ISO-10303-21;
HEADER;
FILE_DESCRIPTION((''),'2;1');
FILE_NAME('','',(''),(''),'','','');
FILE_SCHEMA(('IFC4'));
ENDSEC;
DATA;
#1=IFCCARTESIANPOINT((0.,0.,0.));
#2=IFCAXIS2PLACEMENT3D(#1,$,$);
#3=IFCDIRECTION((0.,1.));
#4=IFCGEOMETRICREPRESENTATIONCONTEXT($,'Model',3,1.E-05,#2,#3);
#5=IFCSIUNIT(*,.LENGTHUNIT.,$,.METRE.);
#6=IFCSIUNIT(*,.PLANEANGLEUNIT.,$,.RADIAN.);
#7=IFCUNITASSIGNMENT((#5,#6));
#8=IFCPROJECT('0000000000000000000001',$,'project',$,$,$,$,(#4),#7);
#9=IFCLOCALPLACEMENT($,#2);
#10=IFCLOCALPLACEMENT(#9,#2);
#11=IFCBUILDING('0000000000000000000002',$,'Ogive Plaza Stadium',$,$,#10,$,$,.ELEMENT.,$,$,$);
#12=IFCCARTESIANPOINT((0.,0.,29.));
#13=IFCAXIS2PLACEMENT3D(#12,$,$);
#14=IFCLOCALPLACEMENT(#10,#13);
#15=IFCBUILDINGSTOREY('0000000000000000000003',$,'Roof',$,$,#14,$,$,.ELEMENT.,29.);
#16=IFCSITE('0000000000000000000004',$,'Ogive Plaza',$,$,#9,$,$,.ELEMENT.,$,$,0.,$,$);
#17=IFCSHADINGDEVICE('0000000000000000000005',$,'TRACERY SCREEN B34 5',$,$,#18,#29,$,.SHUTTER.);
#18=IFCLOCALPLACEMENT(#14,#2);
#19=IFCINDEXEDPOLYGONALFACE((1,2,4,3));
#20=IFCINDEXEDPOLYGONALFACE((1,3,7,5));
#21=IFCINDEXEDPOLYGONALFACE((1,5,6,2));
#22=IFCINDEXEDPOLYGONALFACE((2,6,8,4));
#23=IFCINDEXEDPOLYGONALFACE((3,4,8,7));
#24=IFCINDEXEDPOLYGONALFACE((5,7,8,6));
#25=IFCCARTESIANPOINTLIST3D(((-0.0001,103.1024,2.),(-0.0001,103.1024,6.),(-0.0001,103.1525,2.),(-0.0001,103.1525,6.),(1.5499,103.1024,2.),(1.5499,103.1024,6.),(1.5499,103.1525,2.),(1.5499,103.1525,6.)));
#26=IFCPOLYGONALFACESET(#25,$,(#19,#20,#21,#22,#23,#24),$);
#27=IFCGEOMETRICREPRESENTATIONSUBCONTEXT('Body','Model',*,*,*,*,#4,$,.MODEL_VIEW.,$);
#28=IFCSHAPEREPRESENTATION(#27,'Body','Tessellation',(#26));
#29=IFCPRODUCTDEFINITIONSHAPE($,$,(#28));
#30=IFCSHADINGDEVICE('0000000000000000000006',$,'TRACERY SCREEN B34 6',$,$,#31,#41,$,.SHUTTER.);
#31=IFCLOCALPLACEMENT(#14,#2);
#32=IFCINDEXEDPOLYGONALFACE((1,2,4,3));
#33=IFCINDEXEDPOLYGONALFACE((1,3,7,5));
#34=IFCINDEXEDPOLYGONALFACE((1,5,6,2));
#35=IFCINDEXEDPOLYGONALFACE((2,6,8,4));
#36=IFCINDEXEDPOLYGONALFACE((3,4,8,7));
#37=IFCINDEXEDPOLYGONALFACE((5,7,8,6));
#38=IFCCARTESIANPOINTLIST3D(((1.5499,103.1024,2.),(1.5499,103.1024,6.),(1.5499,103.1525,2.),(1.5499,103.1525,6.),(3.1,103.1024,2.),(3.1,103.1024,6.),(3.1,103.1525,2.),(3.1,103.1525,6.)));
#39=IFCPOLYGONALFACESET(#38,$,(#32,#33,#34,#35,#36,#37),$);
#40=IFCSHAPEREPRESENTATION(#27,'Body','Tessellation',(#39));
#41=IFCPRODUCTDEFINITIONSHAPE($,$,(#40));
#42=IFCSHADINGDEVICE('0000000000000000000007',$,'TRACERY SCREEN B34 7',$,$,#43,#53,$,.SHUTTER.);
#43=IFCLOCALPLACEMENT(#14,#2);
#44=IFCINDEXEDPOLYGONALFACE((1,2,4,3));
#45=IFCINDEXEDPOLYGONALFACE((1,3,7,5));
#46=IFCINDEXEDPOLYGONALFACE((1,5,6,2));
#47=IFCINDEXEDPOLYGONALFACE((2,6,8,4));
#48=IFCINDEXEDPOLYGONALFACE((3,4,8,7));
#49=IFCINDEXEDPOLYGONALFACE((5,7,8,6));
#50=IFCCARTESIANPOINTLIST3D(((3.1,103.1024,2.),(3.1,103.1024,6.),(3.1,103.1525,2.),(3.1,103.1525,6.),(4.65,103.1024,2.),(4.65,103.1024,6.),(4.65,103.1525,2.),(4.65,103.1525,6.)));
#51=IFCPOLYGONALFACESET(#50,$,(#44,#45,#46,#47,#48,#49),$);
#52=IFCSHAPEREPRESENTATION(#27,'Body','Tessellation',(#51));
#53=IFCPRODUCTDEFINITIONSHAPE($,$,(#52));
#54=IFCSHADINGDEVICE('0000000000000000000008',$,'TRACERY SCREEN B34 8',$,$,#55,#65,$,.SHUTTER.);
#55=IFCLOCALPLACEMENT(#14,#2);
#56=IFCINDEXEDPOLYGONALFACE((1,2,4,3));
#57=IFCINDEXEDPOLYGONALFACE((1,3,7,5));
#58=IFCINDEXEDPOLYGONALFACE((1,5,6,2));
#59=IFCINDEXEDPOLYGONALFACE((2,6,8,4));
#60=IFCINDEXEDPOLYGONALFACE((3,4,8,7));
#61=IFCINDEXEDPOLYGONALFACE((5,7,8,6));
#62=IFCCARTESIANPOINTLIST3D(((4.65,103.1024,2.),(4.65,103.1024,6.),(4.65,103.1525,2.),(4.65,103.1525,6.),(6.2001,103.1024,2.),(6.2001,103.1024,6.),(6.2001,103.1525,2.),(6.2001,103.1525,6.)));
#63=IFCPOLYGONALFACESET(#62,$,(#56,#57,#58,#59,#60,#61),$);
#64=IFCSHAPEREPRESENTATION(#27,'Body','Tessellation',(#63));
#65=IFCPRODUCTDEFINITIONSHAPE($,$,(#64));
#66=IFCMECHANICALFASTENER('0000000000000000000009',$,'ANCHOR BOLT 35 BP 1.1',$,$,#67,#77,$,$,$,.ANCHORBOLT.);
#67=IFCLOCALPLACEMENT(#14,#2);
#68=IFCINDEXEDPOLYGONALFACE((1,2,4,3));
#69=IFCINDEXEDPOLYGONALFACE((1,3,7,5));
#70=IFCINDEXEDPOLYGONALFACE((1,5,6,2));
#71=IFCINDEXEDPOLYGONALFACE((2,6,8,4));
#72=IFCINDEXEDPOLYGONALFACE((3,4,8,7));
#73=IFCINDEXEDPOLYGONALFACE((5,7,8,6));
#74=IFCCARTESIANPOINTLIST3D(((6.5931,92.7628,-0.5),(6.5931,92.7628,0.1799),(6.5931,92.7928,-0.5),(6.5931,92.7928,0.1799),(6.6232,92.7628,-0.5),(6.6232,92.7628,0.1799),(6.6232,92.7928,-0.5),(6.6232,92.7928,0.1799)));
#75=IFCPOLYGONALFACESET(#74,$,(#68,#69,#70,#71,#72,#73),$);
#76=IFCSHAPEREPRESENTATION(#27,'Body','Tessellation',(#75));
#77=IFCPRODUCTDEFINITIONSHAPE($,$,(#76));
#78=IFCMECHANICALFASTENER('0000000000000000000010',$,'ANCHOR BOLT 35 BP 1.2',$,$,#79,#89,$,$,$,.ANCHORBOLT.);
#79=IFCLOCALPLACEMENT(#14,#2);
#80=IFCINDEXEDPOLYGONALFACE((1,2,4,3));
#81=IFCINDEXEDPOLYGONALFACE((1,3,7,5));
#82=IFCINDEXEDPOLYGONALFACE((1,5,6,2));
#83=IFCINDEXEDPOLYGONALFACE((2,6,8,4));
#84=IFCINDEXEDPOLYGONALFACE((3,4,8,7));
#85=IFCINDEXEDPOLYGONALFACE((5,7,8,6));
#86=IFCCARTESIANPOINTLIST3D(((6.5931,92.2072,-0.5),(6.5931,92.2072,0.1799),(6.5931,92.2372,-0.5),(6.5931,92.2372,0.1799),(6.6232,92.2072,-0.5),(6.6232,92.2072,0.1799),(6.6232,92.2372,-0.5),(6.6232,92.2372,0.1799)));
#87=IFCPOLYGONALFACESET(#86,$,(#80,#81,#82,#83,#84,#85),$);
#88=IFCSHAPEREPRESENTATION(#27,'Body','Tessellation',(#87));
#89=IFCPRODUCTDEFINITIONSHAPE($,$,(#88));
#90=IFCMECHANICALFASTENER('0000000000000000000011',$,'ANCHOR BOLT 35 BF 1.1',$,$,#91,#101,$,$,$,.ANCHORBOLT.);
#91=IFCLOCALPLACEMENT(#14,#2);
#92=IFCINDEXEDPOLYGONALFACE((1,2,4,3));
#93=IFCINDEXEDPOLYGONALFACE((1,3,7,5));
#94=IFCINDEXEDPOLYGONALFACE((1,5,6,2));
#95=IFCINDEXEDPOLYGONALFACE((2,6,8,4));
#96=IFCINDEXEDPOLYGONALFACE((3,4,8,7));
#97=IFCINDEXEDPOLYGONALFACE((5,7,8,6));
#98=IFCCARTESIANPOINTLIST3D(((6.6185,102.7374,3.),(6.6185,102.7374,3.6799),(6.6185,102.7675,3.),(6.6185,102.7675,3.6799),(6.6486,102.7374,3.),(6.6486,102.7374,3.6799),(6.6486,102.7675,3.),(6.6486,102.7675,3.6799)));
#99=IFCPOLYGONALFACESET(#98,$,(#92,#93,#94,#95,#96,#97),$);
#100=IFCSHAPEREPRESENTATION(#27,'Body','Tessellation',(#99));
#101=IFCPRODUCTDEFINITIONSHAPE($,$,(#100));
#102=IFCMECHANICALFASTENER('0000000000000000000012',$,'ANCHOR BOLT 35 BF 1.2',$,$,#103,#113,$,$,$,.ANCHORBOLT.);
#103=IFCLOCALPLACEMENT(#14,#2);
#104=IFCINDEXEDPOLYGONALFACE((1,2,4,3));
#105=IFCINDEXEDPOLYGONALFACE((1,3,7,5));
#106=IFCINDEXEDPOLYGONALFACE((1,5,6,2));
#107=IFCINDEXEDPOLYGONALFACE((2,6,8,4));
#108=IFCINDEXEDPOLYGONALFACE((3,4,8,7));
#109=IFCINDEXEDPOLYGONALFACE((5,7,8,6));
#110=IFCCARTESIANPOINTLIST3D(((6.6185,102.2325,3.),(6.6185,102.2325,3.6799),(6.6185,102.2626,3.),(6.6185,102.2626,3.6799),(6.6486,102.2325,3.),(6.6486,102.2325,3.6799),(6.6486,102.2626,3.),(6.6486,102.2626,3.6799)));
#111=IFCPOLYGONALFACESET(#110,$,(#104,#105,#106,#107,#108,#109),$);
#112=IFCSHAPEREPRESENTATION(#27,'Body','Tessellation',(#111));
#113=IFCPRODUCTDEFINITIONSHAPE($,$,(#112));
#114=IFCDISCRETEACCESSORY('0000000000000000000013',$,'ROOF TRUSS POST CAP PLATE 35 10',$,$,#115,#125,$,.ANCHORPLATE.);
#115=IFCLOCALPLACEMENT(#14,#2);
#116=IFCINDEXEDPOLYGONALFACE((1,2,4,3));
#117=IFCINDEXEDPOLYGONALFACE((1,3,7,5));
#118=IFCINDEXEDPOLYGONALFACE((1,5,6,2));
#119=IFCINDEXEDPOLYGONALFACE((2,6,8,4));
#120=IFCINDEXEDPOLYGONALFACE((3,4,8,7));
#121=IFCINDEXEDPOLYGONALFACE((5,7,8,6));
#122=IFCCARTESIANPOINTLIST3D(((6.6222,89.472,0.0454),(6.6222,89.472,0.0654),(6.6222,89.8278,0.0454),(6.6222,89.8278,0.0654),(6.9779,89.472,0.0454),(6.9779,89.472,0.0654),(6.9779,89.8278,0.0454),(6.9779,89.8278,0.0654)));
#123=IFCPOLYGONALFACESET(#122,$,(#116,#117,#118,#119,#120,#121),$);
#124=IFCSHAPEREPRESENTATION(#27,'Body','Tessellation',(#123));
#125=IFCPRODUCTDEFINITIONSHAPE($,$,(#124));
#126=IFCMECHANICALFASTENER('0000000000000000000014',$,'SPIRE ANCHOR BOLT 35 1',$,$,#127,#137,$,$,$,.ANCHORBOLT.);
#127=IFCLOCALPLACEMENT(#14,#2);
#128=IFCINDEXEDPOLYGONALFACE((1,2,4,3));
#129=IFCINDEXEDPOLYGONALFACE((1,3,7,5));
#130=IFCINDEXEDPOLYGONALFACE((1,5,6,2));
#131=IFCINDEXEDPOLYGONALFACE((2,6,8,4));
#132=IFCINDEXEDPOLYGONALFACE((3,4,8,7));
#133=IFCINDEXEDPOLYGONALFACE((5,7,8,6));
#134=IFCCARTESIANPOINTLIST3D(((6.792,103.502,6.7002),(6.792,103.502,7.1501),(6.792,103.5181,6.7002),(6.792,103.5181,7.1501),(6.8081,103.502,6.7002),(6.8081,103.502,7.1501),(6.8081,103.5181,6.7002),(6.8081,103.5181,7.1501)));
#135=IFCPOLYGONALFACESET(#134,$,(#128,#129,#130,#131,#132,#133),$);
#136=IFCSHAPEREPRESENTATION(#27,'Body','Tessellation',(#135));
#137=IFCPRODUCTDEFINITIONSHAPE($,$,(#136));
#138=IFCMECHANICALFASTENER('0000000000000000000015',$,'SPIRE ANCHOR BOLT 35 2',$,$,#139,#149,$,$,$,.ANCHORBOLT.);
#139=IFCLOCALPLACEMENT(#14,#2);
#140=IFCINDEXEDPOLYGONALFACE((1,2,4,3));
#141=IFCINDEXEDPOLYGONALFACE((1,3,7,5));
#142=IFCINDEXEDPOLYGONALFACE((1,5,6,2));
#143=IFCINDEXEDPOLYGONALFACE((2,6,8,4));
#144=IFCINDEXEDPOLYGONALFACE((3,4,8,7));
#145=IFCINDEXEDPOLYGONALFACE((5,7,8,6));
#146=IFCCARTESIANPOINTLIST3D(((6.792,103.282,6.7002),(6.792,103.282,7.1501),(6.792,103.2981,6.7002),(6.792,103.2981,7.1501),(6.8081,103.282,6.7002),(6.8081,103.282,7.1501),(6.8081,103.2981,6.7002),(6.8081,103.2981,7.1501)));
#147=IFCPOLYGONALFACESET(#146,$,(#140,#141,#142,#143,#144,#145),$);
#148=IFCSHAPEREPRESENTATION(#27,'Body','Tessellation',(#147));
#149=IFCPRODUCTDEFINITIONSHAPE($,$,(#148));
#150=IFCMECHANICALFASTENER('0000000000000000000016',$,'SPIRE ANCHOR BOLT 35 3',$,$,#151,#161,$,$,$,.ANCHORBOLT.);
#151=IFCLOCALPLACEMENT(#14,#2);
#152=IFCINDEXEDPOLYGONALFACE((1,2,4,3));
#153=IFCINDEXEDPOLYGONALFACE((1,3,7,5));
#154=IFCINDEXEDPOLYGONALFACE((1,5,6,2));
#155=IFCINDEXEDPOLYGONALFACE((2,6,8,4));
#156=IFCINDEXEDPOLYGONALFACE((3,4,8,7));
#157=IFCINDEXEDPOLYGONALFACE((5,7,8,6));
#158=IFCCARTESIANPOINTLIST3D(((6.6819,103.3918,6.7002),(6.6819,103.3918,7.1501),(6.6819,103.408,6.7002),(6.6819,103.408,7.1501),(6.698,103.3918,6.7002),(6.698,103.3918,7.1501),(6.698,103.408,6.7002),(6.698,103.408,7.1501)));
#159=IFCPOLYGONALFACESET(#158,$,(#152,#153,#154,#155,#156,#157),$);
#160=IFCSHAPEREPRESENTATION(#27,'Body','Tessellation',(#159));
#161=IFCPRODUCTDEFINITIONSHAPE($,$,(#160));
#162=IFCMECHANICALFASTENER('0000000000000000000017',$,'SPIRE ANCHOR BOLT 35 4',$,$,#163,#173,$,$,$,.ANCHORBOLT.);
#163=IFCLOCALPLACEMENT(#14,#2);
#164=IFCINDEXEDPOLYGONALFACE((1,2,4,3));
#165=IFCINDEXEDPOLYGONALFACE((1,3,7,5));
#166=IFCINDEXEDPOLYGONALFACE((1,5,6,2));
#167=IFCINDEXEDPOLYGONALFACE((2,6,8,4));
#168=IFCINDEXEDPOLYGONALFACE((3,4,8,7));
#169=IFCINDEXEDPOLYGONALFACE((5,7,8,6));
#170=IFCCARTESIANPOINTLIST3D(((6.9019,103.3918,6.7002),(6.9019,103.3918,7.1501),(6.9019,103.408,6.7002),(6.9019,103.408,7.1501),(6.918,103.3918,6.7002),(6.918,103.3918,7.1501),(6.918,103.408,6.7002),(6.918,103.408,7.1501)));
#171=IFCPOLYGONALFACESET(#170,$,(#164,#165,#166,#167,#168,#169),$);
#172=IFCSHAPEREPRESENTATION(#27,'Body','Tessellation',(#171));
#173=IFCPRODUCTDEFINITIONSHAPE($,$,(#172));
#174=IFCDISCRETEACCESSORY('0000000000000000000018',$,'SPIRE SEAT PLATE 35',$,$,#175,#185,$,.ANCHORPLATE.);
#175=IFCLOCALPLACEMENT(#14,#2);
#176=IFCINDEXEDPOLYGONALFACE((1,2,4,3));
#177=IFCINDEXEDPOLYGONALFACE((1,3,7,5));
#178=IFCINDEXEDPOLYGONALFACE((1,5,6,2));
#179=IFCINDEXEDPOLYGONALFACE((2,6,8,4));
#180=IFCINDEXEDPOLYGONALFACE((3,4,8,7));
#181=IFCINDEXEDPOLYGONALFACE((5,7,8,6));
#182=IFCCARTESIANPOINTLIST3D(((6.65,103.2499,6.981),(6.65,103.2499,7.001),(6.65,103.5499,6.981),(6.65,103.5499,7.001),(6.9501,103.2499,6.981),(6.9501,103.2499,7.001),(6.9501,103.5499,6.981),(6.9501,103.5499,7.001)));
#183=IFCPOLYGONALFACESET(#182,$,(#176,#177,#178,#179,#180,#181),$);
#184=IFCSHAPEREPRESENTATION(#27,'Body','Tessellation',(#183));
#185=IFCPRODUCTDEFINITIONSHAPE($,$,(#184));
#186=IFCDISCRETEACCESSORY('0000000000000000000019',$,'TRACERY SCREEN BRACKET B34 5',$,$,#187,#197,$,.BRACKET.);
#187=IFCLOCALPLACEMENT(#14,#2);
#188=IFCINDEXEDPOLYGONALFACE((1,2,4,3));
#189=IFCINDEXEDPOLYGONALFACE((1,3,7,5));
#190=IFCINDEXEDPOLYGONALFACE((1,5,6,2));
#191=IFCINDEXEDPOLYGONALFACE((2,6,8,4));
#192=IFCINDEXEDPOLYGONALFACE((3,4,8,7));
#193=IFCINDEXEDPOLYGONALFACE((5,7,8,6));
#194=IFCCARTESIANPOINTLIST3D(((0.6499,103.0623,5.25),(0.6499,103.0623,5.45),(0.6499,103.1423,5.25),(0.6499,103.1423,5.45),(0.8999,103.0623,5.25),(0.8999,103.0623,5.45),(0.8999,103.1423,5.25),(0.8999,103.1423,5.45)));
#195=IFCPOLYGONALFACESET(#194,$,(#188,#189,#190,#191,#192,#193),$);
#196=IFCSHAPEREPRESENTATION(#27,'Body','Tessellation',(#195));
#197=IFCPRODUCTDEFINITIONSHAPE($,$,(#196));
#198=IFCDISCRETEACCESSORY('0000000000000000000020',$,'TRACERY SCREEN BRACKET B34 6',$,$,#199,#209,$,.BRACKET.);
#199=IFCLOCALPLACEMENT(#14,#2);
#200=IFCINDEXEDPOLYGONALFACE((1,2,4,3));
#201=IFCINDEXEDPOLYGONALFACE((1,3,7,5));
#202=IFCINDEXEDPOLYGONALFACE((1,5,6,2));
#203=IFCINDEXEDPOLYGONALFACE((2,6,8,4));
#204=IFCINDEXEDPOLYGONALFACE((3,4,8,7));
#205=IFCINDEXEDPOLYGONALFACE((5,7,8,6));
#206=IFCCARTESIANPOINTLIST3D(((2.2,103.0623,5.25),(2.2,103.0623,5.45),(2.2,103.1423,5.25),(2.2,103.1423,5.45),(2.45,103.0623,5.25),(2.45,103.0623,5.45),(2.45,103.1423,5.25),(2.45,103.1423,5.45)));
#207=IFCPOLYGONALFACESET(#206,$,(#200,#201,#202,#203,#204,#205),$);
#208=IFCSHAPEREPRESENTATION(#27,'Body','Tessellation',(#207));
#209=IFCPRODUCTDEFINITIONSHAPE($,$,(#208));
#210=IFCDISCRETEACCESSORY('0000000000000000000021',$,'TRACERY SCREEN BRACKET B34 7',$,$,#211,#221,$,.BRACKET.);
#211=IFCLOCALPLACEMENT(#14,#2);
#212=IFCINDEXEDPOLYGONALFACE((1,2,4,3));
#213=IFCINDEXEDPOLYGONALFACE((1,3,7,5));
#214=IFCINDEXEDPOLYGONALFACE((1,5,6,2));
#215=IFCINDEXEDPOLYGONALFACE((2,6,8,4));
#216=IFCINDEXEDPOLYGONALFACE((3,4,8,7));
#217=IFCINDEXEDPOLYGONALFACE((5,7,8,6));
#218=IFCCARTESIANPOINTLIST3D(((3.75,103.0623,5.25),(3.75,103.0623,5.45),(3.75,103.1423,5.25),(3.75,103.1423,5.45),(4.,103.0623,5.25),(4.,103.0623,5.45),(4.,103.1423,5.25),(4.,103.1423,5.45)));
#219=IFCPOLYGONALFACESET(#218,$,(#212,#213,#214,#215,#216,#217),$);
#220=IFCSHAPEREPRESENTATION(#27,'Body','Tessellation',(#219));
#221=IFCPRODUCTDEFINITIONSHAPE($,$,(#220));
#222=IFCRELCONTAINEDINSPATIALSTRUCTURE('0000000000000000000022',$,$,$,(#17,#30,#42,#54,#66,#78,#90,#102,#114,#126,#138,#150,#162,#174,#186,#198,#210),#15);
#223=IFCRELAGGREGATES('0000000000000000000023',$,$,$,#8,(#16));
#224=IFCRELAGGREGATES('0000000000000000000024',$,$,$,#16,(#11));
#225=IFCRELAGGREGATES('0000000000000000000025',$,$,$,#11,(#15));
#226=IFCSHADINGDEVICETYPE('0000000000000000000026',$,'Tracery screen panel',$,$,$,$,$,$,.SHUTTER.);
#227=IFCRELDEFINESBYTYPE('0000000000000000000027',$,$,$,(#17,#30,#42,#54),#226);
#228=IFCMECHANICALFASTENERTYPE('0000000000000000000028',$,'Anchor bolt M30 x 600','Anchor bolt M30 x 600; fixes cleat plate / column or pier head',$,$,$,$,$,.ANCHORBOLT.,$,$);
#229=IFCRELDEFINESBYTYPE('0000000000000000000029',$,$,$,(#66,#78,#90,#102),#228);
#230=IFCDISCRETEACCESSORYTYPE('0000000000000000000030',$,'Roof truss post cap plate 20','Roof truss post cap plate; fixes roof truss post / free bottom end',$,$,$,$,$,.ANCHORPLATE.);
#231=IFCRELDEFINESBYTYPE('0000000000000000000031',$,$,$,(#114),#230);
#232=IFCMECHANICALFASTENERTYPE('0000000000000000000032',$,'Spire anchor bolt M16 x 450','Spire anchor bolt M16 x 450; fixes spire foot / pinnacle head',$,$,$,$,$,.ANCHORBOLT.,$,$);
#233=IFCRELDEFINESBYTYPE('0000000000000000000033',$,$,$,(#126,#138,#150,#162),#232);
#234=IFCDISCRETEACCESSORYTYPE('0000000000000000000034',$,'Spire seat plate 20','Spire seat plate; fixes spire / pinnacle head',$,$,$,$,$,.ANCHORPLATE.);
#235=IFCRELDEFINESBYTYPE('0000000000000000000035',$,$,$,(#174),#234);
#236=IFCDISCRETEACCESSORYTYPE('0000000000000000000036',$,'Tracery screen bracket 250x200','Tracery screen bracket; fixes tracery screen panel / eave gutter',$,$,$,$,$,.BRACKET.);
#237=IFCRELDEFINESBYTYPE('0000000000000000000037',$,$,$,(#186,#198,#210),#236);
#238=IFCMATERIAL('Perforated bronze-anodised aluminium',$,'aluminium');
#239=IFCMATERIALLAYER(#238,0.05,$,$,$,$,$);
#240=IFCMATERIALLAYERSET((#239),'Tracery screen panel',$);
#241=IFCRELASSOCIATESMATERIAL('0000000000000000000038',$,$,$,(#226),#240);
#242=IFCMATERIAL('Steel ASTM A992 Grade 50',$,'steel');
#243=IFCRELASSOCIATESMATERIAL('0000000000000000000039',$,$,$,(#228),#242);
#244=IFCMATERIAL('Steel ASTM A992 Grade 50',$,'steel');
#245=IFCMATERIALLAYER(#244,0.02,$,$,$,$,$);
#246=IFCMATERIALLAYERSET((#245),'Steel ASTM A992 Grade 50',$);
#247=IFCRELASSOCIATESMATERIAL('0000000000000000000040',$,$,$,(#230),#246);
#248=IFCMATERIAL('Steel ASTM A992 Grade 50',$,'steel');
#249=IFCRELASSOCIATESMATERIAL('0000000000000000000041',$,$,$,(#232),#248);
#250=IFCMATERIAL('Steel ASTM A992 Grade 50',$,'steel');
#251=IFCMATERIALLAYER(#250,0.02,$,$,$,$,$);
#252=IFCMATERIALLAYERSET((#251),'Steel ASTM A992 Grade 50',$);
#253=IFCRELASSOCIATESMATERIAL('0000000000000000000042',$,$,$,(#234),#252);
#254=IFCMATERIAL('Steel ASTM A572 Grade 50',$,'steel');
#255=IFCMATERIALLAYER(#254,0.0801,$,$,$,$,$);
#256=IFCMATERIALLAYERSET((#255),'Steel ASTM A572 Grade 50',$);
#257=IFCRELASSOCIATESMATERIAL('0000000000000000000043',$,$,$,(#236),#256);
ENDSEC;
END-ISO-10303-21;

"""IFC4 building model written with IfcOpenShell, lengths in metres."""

from ifc_helpers import new_model, si_unit, direction, frame, origin, origin_2d, place, context, subcontext, project, spatial, rectangle, extrude, material, layer, layer_set, type_object, element, save


model = new_model("IFC4")

# Units and contexts
model_context = context("Model", 3, precision=1e-05, world=origin(), true_north=direction((0.0, 1.0)))
body_context = subcontext(model_context, "Body", "Model", "MODEL_VIEW")
ifc_project = project(units=[si_unit("LENGTHUNIT", "METRE"), si_unit("PLANEANGLEUNIT", "RADIAN")], contexts=[model_context])

# Site, building, storey
site_placement = place(None, origin())
site = spatial("IfcSite", under=ifc_project, at=site_placement, Name="Ogive Plaza", CompositionType="ELEMENT", RefElevation=0.0)
building_placement = place(site_placement, origin())
building = spatial("IfcBuilding", under=site, at=building_placement, Name="Ogive Plaza Stadium", CompositionType="ELEMENT")
storey_placement = place(building_placement, frame((0.0, 0.0, 29.0)))
storey = spatial("IfcBuildingStorey", under=building, at=storey_placement, Name="Roof", CompositionType="ELEMENT", Elevation=29.0)

# Shading devices
ifc_material_1 = material(Name="Perforated bronze-anodised aluminium", Category="aluminium")
ifc_layer_1 = layer(ifc_material_1, 0.05)
ifc_layer_set_1 = layer_set([ifc_layer_1], Name="Tracery screen panel")
shading_device_type = type_object("IfcShadingDeviceType", Name="Tracery screen panel", PredefinedType="SHUTTER", material=ifc_layer_set_1)
for number, where, z_axis, x_axis, name in (
    (1, (0.7749, 103.1274, 2.0), (0.0, 0.0, 1.0), (1.0, 0.0, 0.0), "TRACERY SCREEN B34 5"),
    (2, (2.325, 103.1274, 2.0), (0.0, 0.0, 1.0), (1.0, 0.0, 0.0), "TRACERY SCREEN B34 6"),
    (3, (3.875, 103.1274, 2.0), (0.0, 0.0, 1.0), (1.0, 0.0, 0.0), "TRACERY SCREEN B34 7"),
    (4, (5.425, 103.1274, 2.0), (0.0, 0.0, 1.0), (1.0, 0.0, 0.0), "TRACERY SCREEN B34 8"),
):
    element("IfcShadingDevice", number, at=place(storey_placement, frame(where, z_axis=z_axis, x_axis=x_axis)), inside=storey, type_object=shading_device_type, Name=name, PredefinedType="SHUTTER", context=body_context, shape_type="SweptSolid", body=[
        extrude(rectangle(XDim=1.55, YDim=0.05, at=origin_2d()), origin(), (0.0, 0.0, 1.0), 4.0),
    ])

# Mechanical fasteners
ifc_material_2 = material(Name="Steel ASTM A992 Grade 50", Category="steel")
mechanical_fastener_type_1 = type_object("IfcMechanicalFastenerType", Name="Anchor bolt M30 x 600", Description="Anchor bolt M30 x 600; fixes cleat plate / column or pier head", PredefinedType="ANCHORBOLT", material=ifc_material_2)
for number, where, z_axis, x_axis, name in (
    (5, (6.6082, 92.7778, -0.5), (0.0, 0.0, 1.0), (0.0, 1.0, 0.0), "ANCHOR BOLT 35 BP 1.1"),
    (6, (6.6082, 92.2222, -0.5), (0.0, 0.0, 1.0), (0.0, 1.0, 0.0), "ANCHOR BOLT 35 BP 1.2"),
    (7, (6.6335, 102.7524, 3.0), (0.0, 0.0, 1.0), (0.0, 1.0, 0.0), "ANCHOR BOLT 35 BF 1.1"),
    (8, (6.6335, 102.2476, 3.0), (0.0, 0.0, 1.0), (0.0, 1.0, 0.0), "ANCHOR BOLT 35 BF 1.2"),
):
    element("IfcMechanicalFastener", number, at=place(storey_placement, frame(where, z_axis=z_axis, x_axis=x_axis)), inside=storey, type_object=mechanical_fastener_type_1, Name=name, PredefinedType="ANCHORBOLT", context=body_context, shape_type="SweptSolid", body=[
        extrude(rectangle(XDim=0.03, YDim=0.03, at=origin_2d()), origin(), (0.0, 0.0, 1.0), 0.6799),
    ])

# Discrete accessory
ifc_material_3 = material(Name="Steel ASTM A992 Grade 50", Category="steel")
ifc_layer_2 = layer(ifc_material_3, 0.02)
ifc_layer_set_2 = layer_set([ifc_layer_2], Name="Steel ASTM A992 Grade 50")
discrete_accessory_type_1 = type_object("IfcDiscreteAccessoryType", Name="Roof truss post cap plate 20", Description="Roof truss post cap plate; fixes roof truss post / free bottom end", PredefinedType="ANCHORPLATE", material=ifc_layer_set_2)
discrete_accessory_1_placement = place(storey_placement, frame((6.8, 89.6499, 0.0454), z_axis=(0.0, 0.0, 1.0), x_axis=(0.0, 1.0, 0.0)))
element("IfcDiscreteAccessory", 9, at=discrete_accessory_1_placement, inside=storey, type_object=discrete_accessory_type_1, Name="ROOF TRUSS POST CAP PLATE 35 10", PredefinedType="ANCHORPLATE", context=body_context, shape_type="SweptSolid", body=[
    extrude(rectangle(XDim=0.3557, YDim=0.3557, at=origin_2d()), origin(), (0.0, 0.0, 1.0), 0.02),
])

# Mechanical fasteners
ifc_material_4 = material(Name="Steel ASTM A992 Grade 50", Category="steel")
mechanical_fastener_type_2 = type_object("IfcMechanicalFastenerType", Name="Spire anchor bolt M16 x 450", Description="Spire anchor bolt M16 x 450; fixes spire foot / pinnacle head", PredefinedType="ANCHORBOLT", material=ifc_material_4)
for number, where, z_axis, x_axis, name in (
    (10, (6.8, 103.51, 6.7002), (0.0, 0.0, 1.0), (0.0, 1.0, 0.0), "SPIRE ANCHOR BOLT 35 1"),
    (11, (6.8, 103.29, 6.7002), (0.0, 0.0, 1.0), (0.0, 1.0, 0.0), "SPIRE ANCHOR BOLT 35 2"),
    (12, (6.6899, 103.3999, 6.7002), (0.0, 0.0, 1.0), (0.0, 1.0, 0.0), "SPIRE ANCHOR BOLT 35 3"),
    (13, (6.9099, 103.3999, 6.7002), (0.0, 0.0, 1.0), (0.0, 1.0, 0.0), "SPIRE ANCHOR BOLT 35 4"),
):
    element("IfcMechanicalFastener", number, at=place(storey_placement, frame(where, z_axis=z_axis, x_axis=x_axis)), inside=storey, type_object=mechanical_fastener_type_2, Name=name, PredefinedType="ANCHORBOLT", context=body_context, shape_type="SweptSolid", body=[
        extrude(rectangle(XDim=0.0161, YDim=0.0161, at=origin_2d()), origin(), (0.0, 0.0, 1.0), 0.45),
    ])

# Discrete accessories
ifc_material_5 = material(Name="Steel ASTM A992 Grade 50", Category="steel")
ifc_layer_3 = layer(ifc_material_5, 0.02)
ifc_layer_set_3 = layer_set([ifc_layer_3], Name="Steel ASTM A992 Grade 50")
discrete_accessory_type_2 = type_object("IfcDiscreteAccessoryType", Name="Spire seat plate 20", Description="Spire seat plate; fixes spire / pinnacle head", PredefinedType="ANCHORPLATE", material=ifc_layer_set_3)
discrete_accessory_2_placement = place(storey_placement, frame((6.8, 103.3999, 6.981), z_axis=(0.0, 0.0, 1.0), x_axis=(0.0, 1.0, 0.0)))
element("IfcDiscreteAccessory", 14, at=discrete_accessory_2_placement, inside=storey, type_object=discrete_accessory_type_2, Name="SPIRE SEAT PLATE 35", PredefinedType="ANCHORPLATE", context=body_context, shape_type="SweptSolid", body=[
    extrude(rectangle(XDim=0.3, YDim=0.3, at=origin_2d()), origin(), (0.0, 0.0, 1.0), 0.02),
])
ifc_material_6 = material(Name="Steel ASTM A572 Grade 50", Category="steel")
ifc_layer_4 = layer(ifc_material_6, 0.0801)
ifc_layer_set_4 = layer_set([ifc_layer_4], Name="Steel ASTM A572 Grade 50")
discrete_accessory_type_3 = type_object("IfcDiscreteAccessoryType", Name="Tracery screen bracket 250x200", Description="Tracery screen bracket; fixes tracery screen panel / eave gutter", PredefinedType="BRACKET", material=ifc_layer_set_4)
for number, where, z_axis, x_axis, name in (
    (15, (0.7749, 103.1023, 5.25), (0.0, 0.0, 1.0), (1.0, 0.0, 0.0), "TRACERY SCREEN BRACKET B34 5"),
    (16, (2.325, 103.1023, 5.25), (0.0, 0.0, 1.0), (1.0, 0.0, 0.0), "TRACERY SCREEN BRACKET B34 6"),
    (17, (3.875, 103.1023, 5.25), (0.0, 0.0, 1.0), (1.0, 0.0, 0.0), "TRACERY SCREEN BRACKET B34 7"),
):
    element("IfcDiscreteAccessory", number, at=place(storey_placement, frame(where, z_axis=z_axis, x_axis=x_axis)), inside=storey, type_object=discrete_accessory_type_3, Name=name, PredefinedType="BRACKET", context=body_context, shape_type="SweptSolid", body=[
        extrude(rectangle(XDim=0.25, YDim=0.0801, at=origin_2d()), origin(), (0.0, 0.0, 1.0), 0.2),
    ])

save(model, "model.ifc")
